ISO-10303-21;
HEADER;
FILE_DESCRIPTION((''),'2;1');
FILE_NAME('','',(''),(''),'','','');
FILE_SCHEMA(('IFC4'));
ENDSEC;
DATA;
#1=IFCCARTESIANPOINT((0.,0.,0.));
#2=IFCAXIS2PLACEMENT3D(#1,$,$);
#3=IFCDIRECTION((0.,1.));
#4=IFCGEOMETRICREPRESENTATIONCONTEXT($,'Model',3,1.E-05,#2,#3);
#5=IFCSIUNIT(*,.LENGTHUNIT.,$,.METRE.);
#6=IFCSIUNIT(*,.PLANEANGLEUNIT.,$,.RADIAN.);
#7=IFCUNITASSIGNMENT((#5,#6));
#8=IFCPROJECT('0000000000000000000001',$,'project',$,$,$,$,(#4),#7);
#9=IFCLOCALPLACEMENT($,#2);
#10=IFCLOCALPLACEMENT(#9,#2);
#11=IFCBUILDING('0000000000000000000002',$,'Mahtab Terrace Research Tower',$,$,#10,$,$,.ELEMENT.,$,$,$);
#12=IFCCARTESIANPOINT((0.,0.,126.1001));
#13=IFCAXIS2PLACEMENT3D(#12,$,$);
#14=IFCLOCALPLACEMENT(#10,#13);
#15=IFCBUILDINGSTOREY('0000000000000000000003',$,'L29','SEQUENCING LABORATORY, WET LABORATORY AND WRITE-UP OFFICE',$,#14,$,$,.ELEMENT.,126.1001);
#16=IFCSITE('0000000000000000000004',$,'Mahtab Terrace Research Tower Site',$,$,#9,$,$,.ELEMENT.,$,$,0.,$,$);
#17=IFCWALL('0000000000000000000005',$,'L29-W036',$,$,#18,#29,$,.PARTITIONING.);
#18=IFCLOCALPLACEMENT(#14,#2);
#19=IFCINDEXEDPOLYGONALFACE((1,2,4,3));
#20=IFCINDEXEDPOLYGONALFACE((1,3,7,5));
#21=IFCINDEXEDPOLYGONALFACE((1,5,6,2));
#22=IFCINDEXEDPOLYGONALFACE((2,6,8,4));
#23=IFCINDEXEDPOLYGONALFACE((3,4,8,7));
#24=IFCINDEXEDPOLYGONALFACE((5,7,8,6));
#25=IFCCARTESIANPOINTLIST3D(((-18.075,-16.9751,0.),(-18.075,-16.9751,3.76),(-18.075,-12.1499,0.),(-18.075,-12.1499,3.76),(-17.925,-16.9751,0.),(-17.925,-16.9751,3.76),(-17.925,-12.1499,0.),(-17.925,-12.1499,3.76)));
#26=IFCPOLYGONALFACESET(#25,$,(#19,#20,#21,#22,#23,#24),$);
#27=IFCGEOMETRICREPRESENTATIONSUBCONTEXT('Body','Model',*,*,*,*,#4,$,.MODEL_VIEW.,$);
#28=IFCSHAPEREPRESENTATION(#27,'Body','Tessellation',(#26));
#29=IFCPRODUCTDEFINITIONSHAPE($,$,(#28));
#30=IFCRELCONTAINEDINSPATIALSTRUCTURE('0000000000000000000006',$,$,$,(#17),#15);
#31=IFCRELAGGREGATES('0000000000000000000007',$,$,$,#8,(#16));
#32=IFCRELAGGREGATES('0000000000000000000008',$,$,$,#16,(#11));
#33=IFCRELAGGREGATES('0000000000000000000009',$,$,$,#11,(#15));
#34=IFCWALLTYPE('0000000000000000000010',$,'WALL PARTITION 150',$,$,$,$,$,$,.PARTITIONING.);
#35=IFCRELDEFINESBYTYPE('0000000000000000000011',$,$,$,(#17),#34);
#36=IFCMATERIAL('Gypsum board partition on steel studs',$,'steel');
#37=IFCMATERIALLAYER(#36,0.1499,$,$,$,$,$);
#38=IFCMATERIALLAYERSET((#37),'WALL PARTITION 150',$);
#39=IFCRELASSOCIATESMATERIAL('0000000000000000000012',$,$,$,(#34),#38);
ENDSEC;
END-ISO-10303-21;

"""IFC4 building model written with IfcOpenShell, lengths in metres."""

from ifc_helpers import new_model, si_unit, direction, frame, frame_2d, origin, place, context, subcontext, project, spatial, rectangle, extrude, material, layer, layer_set, type_object, element, save


model = new_model("IFC4")

# Units and contexts
model_context = context("Model", 3, precision=1e-05, world=origin(), true_north=direction((0.0, 1.0)))
body_context = subcontext(model_context, "Body", "Model", "MODEL_VIEW")
ifc_project = project(units=[si_unit("LENGTHUNIT", "METRE"), si_unit("PLANEANGLEUNIT", "RADIAN")], contexts=[model_context])

# Site, building, storey
site_placement = place(None, origin())
site = spatial("IfcSite", under=ifc_project, at=site_placement, Name="Mahtab Terrace Research Tower Site", CompositionType="ELEMENT", RefElevation=0.0)
building_placement = place(site_placement, origin())
building = spatial("IfcBuilding", under=site, at=building_placement, Name="Mahtab Terrace Research Tower", CompositionType="ELEMENT")
storey_placement = place(building_placement, frame((0.0, 0.0, 126.1001)))
storey = spatial("IfcBuildingStorey", under=building, at=storey_placement, Name="L29", Description="SEQUENCING LABORATORY, WET LABORATORY AND WRITE-UP OFFICE", CompositionType="ELEMENT", Elevation=126.1001)

# Wall
ifc_material_1 = material(Name="Gypsum board partition on steel studs", Category="steel")
ifc_layer_1 = layer(ifc_material_1, 0.1499)
ifc_layer_set_1 = layer_set([ifc_layer_1], Name="WALL PARTITION 150")
wall_type = type_object("IfcWallType", Name="WALL PARTITION 150", PredefinedType="PARTITIONING", material=ifc_layer_set_1)
wall_1_placement = place(storey_placement, frame((-18.0, -16.9751, 0.0), z_axis=(0.0, 0.0, 1.0), x_axis=(0.0, 1.0, 0.0)))
element("IfcWall", 1, at=wall_1_placement, inside=storey, type_object=wall_type, Name="L29-W036", PredefinedType="PARTITIONING", context=body_context, shape_type="SweptSolid", body=[
    extrude(rectangle(XDim=4.8252, YDim=0.1499, at=frame_2d((2.4126, 0.0))), origin(), (0.0, 0.0, 1.0), 3.76),
])

save(model, "model.ifc")
